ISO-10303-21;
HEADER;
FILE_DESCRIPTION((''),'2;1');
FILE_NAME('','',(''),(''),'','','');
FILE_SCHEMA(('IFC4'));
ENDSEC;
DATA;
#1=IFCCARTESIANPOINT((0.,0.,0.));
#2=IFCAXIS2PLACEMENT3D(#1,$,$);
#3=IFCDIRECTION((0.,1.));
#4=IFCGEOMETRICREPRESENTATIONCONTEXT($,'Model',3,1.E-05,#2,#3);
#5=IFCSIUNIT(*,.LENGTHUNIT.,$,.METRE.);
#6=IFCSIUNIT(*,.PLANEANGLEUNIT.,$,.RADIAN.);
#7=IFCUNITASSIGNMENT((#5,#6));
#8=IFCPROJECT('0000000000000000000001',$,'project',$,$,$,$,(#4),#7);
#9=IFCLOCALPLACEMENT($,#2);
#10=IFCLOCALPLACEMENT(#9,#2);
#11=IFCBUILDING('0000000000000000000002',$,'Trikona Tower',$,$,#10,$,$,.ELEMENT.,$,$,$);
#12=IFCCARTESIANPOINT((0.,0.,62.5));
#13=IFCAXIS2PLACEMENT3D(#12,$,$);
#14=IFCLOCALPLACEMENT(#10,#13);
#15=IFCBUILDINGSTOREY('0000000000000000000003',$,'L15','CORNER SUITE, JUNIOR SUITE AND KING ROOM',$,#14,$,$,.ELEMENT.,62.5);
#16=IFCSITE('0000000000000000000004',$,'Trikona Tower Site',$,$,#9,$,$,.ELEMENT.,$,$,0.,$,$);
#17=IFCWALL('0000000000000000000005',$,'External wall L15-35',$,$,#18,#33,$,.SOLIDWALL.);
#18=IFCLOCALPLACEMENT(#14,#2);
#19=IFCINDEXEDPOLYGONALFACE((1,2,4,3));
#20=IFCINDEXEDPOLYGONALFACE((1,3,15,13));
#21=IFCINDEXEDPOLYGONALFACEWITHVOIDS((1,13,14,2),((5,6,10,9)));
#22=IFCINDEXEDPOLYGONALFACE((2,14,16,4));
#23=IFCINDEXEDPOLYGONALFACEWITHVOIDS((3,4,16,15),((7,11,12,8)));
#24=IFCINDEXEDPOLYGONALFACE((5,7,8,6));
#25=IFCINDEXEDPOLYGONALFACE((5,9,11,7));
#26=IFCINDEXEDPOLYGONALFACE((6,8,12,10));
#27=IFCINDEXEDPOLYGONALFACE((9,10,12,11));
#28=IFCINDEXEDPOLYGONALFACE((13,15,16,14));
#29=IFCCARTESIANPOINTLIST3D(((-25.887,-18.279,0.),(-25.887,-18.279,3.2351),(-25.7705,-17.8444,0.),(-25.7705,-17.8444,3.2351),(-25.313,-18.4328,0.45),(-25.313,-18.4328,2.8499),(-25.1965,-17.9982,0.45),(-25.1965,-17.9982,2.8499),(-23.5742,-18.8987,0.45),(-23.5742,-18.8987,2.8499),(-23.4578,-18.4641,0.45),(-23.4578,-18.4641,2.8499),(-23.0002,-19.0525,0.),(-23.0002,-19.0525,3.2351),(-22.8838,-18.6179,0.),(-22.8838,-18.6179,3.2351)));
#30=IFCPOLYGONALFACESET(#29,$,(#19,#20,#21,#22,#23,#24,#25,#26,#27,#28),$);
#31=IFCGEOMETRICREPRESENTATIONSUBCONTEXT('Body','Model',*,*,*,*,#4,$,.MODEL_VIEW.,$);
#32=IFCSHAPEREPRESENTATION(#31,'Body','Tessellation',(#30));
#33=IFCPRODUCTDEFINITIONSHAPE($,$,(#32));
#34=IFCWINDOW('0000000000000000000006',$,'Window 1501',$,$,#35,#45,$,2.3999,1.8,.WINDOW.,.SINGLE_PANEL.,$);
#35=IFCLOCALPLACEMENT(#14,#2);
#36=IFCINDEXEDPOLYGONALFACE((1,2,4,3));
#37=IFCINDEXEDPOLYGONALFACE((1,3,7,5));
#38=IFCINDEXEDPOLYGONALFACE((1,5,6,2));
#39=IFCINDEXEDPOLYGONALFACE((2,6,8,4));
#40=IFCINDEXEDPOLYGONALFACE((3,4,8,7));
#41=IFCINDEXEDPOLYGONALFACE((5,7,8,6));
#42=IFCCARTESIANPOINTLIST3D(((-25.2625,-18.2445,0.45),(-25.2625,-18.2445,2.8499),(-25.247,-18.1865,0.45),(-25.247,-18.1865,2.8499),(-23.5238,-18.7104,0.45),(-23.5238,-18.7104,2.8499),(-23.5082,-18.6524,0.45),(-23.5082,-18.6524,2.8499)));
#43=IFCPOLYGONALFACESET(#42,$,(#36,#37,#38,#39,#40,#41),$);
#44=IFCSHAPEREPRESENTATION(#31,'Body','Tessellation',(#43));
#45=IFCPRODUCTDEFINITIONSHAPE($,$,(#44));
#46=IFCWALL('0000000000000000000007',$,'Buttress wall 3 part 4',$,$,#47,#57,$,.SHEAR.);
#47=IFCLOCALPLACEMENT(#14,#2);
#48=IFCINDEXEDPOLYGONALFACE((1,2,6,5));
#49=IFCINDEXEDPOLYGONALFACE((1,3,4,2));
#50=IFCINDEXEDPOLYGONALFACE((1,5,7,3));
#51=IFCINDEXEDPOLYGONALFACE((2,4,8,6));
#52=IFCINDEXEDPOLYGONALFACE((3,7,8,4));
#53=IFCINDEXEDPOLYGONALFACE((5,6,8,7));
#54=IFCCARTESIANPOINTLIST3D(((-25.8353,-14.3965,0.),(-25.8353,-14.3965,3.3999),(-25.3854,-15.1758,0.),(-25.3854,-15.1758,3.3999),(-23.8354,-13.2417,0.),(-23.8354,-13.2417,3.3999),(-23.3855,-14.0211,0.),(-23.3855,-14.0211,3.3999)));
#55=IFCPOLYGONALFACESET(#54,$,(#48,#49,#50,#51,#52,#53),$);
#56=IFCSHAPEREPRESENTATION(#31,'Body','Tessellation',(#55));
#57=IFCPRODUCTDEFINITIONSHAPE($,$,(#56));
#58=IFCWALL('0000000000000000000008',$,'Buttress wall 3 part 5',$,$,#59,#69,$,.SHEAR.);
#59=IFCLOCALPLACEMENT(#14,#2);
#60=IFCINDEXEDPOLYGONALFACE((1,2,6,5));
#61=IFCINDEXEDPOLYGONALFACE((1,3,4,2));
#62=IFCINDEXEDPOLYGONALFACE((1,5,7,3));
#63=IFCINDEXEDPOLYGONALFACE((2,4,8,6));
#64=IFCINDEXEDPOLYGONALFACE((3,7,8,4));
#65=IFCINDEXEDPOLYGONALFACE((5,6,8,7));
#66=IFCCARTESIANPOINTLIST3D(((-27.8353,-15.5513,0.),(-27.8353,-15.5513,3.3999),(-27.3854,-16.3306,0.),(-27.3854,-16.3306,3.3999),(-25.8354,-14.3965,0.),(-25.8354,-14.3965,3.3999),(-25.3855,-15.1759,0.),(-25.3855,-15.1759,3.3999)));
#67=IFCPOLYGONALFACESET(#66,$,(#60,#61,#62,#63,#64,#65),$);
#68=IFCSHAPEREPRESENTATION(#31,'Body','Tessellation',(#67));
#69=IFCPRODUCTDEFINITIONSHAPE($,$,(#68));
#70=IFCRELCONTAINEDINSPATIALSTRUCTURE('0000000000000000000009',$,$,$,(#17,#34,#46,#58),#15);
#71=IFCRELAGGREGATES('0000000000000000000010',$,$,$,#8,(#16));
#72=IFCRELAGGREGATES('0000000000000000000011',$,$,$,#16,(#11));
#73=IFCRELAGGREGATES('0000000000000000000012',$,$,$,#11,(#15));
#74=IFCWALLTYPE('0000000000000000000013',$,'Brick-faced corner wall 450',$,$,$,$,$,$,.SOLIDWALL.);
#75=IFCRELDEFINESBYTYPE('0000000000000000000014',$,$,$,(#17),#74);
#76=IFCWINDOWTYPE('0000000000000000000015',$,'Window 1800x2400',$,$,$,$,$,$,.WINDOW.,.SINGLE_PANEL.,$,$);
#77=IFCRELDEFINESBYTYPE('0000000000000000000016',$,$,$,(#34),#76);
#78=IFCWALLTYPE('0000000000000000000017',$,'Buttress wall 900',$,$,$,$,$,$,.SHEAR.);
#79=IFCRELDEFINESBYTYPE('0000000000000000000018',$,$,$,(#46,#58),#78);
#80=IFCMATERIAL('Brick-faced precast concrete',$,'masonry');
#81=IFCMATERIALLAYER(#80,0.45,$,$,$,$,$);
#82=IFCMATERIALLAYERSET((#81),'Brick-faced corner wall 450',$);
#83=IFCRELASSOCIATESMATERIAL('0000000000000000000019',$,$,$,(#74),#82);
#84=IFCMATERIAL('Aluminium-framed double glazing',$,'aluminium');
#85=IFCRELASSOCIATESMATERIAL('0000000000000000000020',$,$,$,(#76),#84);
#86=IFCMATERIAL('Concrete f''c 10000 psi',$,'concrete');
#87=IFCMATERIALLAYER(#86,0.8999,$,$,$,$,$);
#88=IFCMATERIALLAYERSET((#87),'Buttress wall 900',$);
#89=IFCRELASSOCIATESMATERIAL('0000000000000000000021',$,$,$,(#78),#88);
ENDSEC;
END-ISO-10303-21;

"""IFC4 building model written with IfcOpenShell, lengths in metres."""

from ifc_helpers import new_model, si_unit, direction, frame, frame_2d, origin, place, context, subcontext, project, spatial, rectangle, extrude, material, layer, layer_set, type_object, element, fill, save


model = new_model("IFC4")

# Units and contexts
model_context = context("Model", 3, precision=1e-05, world=origin(), true_north=direction((0.0, 1.0)))
body_context = subcontext(model_context, "Body", "Model", "MODEL_VIEW")
ifc_project = project(units=[si_unit("LENGTHUNIT", "METRE"), si_unit("PLANEANGLEUNIT", "RADIAN")], contexts=[model_context])

# Site, building, storey
site_placement = place(None, origin())
site = spatial("IfcSite", under=ifc_project, at=site_placement, Name="Trikona Tower Site", CompositionType="ELEMENT", RefElevation=0.0)
building_placement = place(site_placement, origin())
building = spatial("IfcBuilding", under=site, at=building_placement, Name="Trikona Tower", CompositionType="ELEMENT")
storey_placement = place(building_placement, frame((0.0, 0.0, 62.5)))
storey = spatial("IfcBuildingStorey", under=building, at=storey_placement, Name="L15", Description="CORNER SUITE, JUNIOR SUITE AND KING ROOM", CompositionType="ELEMENT", Elevation=62.5)

# Wall, opening, window
ifc_material_1 = material(Name="Brick-faced precast concrete", Category="masonry")
ifc_layer_1 = layer(ifc_material_1, 0.45)
ifc_layer_set_1 = layer_set([ifc_layer_1], Name="Brick-faced corner wall 450")
wall_type_1 = type_object("IfcWallType", Name="Brick-faced corner wall 450", PredefinedType="SOLIDWALL", material=ifc_layer_set_1)
wall_1_placement = place(storey_placement, frame((-25.8286, -18.0618, 0.0), z_axis=(0.0, 0.0, 1.0), x_axis=(0.965931, -0.258801, 0.0)))
wall_1 = element("IfcWall", 1, at=wall_1_placement, inside=storey, type_object=wall_type_1, Name="External wall L15-35", PredefinedType="SOLIDWALL", context=body_context, shape_type="SweptSolid", body=[
    extrude(rectangle(XDim=2.9885, YDim=0.45, at=frame_2d((1.4941, 0.0))), origin(), (0.0, 0.0, 1.0), 3.2351),
])
opening_1_placement = place(wall_1_placement, frame((0.5942, 0.0, 0.45)))
opening_1 = element("IfcOpeningElement", 2, at=opening_1_placement, cuts=wall_1, PredefinedType="OPENING", context=body_context, shape_type="SweptSolid", body=[
    extrude(rectangle(XDim=1.8, YDim=2.3999, at=frame_2d((0.8999, 1.2))), frame((0.0, 0.2349, 0.0), z_axis=(0.0, -1.0, 0.0), x_axis=(1.0, 0.0, 0.0)), (0.0, 0.0, 1.0), 0.47),
])
ifc_material_2 = material(Name="Aluminium-framed double glazing", Category="aluminium")
window_type_1 = type_object("IfcWindowType", Name="Window 1800x2400", PartitioningType="SINGLE_PANEL", PredefinedType="WINDOW", material=ifc_material_2)
window_1_placement = place(opening_1_placement, origin())
window_1 = element("IfcWindow", 3, at=window_1_placement, inside=storey, type_object=window_type_1, Name="Window 1501", OverallHeight=2.3999, OverallWidth=1.8, PartitioningType="SINGLE_PANEL", PredefinedType="WINDOW", context=body_context, shape_type="SweptSolid", body=[
    extrude(rectangle(XDim=1.8, YDim=2.3999, at=frame_2d((0.8999, 1.2))), frame((0.0, 0.03, 0.0), z_axis=(0.0, -1.0, 0.0), x_axis=(1.0, 0.0, 0.0)), (0.0, 0.0, 1.0), 0.0601),
])
fill(opening_1, window_1)

# Walls
ifc_material_3 = material(Name="Concrete f'c 10000 psi", Category="concrete")
ifc_layer_2 = layer(ifc_material_3, 0.8999)
ifc_layer_set_2 = layer_set([ifc_layer_2], Name="Buttress wall 900")
wall_type_2 = type_object("IfcWallType", Name="Buttress wall 900", PredefinedType="SHEAR", material=ifc_layer_set_2)
for number, where, z_axis, x_axis, name in (
    (4, (-23.6104, -13.6313, 0.0), (0.0, 0.0, 1.0), (-0.86601, -0.500027, 0.0), "Buttress wall 3 part 4"),
    (5, (-25.6104, -14.7861, 0.0), (0.0, 0.0, 1.0), (-0.86601, -0.500027, 0.0), "Buttress wall 3 part 5"),
):
    element("IfcWall", number, at=place(storey_placement, frame(where, z_axis=z_axis, x_axis=x_axis)), inside=storey, type_object=wall_type_2, Name=name, PredefinedType="SHEAR", context=body_context, shape_type="SweptSolid", body=[
        extrude(rectangle(XDim=2.3093, YDim=0.8999, at=frame_2d((1.1548, 0.0))), origin(), (0.0, 0.0, 1.0), 3.3999),
    ])

save(model, "model.ifc")
